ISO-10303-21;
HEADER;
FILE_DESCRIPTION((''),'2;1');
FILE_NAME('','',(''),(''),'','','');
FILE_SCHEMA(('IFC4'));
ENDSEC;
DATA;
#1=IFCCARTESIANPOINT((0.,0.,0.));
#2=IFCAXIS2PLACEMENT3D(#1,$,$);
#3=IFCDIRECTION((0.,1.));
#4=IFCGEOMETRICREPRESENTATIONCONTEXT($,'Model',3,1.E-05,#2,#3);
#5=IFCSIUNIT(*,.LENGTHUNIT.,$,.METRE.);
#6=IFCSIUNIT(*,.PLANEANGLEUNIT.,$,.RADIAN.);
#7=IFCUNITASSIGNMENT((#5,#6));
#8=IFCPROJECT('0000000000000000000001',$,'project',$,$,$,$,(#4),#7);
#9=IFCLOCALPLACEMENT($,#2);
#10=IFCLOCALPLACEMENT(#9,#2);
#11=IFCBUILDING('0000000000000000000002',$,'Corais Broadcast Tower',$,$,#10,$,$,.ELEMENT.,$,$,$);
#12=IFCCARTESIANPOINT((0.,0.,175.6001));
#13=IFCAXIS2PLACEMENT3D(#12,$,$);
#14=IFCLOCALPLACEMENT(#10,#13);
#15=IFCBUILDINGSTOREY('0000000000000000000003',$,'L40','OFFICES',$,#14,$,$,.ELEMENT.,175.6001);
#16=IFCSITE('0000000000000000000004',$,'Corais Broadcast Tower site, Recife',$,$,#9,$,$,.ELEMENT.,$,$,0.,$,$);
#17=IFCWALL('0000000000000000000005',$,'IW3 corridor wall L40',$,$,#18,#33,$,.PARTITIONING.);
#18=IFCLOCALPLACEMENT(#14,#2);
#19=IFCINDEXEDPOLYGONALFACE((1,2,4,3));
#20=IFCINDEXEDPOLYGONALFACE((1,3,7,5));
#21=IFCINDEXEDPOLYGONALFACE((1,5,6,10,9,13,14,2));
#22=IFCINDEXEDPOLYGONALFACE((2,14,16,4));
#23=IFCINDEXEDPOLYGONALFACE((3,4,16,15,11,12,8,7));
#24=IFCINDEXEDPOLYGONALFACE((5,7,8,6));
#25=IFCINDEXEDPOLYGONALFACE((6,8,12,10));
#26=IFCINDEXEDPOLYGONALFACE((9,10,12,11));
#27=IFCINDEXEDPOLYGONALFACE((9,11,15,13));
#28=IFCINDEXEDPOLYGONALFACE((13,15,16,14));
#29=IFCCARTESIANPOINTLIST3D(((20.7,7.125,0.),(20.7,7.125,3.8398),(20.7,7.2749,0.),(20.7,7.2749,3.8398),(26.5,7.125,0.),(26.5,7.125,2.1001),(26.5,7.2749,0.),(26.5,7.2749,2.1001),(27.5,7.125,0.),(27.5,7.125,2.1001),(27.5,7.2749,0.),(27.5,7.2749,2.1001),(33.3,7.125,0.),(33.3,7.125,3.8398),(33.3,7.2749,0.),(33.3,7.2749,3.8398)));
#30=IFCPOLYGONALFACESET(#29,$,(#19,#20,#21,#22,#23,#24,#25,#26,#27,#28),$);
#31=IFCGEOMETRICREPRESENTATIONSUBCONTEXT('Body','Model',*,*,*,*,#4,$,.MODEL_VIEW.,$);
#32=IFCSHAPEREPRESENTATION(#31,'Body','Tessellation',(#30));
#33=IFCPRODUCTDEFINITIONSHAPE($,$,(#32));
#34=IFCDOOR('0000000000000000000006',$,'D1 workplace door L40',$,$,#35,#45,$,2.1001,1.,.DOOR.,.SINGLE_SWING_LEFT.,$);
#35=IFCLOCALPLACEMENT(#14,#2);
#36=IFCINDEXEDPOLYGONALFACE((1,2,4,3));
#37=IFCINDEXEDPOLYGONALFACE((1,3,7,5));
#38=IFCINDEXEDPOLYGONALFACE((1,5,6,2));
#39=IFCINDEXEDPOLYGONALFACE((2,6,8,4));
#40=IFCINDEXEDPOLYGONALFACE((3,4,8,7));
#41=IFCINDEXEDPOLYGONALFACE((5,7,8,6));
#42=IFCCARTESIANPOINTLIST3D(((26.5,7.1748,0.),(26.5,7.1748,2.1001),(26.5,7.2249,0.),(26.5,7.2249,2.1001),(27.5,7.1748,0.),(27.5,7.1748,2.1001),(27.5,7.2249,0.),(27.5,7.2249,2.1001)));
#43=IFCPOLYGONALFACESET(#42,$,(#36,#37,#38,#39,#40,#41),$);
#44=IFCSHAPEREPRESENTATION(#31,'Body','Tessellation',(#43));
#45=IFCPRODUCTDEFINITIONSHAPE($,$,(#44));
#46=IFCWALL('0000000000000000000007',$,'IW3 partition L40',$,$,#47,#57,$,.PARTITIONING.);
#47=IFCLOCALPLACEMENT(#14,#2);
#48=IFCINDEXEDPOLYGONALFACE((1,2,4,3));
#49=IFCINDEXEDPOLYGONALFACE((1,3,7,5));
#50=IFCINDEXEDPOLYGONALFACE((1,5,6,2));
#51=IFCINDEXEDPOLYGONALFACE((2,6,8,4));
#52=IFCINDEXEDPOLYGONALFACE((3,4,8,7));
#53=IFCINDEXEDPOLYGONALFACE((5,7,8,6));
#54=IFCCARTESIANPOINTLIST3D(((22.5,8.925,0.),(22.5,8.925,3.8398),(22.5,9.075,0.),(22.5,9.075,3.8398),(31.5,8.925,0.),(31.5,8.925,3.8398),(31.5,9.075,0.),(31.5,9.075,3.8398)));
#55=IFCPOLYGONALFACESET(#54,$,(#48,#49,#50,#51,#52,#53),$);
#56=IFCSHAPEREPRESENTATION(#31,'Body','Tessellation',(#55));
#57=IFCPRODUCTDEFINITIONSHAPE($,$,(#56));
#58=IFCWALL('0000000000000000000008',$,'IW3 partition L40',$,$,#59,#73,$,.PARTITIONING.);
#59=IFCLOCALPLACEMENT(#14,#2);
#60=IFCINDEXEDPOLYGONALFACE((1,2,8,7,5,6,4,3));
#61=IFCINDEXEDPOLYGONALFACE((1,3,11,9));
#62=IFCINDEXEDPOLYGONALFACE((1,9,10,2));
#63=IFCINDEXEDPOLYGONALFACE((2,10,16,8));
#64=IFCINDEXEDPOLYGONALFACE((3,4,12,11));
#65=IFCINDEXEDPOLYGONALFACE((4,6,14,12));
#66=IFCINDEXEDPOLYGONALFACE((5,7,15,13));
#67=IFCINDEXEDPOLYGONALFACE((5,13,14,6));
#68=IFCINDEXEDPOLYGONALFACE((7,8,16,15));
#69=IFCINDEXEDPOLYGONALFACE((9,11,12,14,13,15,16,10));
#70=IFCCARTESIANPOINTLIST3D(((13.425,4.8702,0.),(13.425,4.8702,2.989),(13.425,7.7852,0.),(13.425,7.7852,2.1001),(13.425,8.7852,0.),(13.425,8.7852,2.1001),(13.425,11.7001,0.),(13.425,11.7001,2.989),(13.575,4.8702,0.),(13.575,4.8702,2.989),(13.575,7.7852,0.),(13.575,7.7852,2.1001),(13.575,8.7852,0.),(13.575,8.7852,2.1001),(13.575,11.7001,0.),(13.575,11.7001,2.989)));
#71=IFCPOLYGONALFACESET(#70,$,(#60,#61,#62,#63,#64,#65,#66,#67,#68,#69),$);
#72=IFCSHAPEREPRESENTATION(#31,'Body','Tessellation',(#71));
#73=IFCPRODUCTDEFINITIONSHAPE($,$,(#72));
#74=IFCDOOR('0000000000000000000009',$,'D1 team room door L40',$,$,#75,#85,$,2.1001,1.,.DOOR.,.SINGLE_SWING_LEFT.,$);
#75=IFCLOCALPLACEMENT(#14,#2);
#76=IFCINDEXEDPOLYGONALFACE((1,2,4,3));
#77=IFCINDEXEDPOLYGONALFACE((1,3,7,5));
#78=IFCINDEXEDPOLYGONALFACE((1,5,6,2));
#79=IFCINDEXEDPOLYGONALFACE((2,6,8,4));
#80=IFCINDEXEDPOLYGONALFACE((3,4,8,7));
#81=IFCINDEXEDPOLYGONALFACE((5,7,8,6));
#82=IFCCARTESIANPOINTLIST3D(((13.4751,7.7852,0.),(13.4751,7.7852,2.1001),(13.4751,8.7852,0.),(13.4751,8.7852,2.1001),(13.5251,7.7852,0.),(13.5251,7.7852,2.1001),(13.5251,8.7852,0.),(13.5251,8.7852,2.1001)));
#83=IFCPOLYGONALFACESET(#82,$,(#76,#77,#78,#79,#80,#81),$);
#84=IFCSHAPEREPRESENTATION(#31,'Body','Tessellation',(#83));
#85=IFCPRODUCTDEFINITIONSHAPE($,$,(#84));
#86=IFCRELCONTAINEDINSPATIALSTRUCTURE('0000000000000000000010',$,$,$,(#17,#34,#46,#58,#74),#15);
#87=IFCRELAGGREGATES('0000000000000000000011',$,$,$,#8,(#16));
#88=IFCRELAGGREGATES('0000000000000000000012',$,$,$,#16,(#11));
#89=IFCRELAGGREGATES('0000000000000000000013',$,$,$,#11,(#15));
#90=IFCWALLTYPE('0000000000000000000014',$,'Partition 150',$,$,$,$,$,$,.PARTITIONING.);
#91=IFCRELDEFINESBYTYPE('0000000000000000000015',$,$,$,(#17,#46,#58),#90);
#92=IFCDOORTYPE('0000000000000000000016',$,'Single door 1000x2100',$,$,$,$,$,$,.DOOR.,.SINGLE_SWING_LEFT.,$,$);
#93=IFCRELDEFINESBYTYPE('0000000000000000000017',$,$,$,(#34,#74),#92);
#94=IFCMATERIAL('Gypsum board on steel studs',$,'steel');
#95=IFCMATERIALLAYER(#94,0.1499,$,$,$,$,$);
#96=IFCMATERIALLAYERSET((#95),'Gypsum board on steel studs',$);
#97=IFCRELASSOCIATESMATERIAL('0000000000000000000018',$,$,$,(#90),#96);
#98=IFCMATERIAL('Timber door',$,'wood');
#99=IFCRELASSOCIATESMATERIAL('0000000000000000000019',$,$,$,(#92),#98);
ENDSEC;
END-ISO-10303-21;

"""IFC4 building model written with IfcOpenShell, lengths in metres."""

from ifc_helpers import new_model, si_unit, direction, frame, frame_2d, origin, place, context, subcontext, project, spatial, rectangle, extrude, material, layer, layer_set, type_object, element, fill, save


model = new_model("IFC4")

# Units and contexts
model_context = context("Model", 3, precision=1e-05, world=origin(), true_north=direction((0.0, 1.0)))
body_context = subcontext(model_context, "Body", "Model", "MODEL_VIEW")
ifc_project = project(units=[si_unit("LENGTHUNIT", "METRE"), si_unit("PLANEANGLEUNIT", "RADIAN")], contexts=[model_context])

# Site, building, storey
site_placement = place(None, origin())
site = spatial("IfcSite", under=ifc_project, at=site_placement, Name="Corais Broadcast Tower site, Recife", CompositionType="ELEMENT", RefElevation=0.0)
building_placement = place(site_placement, origin())
building = spatial("IfcBuilding", under=site, at=building_placement, Name="Corais Broadcast Tower", CompositionType="ELEMENT")
storey_placement = place(building_placement, frame((0.0, 0.0, 175.6001)))
storey = spatial("IfcBuildingStorey", under=building, at=storey_placement, Name="L40", Description="OFFICES", CompositionType="ELEMENT", Elevation=175.6001)

# Wall, opening, door
ifc_material_1 = material(Name="Gypsum board on steel studs", Category="steel")
ifc_layer_1 = layer(ifc_material_1, 0.1499)
ifc_layer_set_1 = layer_set([ifc_layer_1], Name="Gypsum board on steel studs")
wall_type = type_object("IfcWallType", Name="Partition 150", PredefinedType="PARTITIONING", material=ifc_layer_set_1)
wall_1_placement = place(storey_placement, frame((20.7, 7.2, 0.0), z_axis=(0.0, 0.0, 1.0), x_axis=(1.0, 0.0, 0.0)))
wall_1 = element("IfcWall", 1, at=wall_1_placement, inside=storey, type_object=wall_type, Name="IW3 corridor wall L40", PredefinedType="PARTITIONING", context=body_context, shape_type="SweptSolid", body=[
    extrude(rectangle(XDim=12.6001, YDim=0.1499, at=frame_2d((6.3, 0.0))), origin(), (0.0, 0.0, 1.0), 3.8398),
])
opening_1_placement = place(wall_1_placement, frame((5.8, 0.0, 0.0)))
opening_1 = element("IfcOpeningElement", 2, at=opening_1_placement, cuts=wall_1, PredefinedType="OPENING", context=body_context, shape_type="SweptSolid", body=[
    extrude(rectangle(XDim=1.0, YDim=2.1001, at=frame_2d((0.5, 1.05))), frame((0.0, 0.085, 0.0), z_axis=(0.0, -1.0, 0.0), x_axis=(1.0, 0.0, 0.0)), (0.0, 0.0, 1.0), 0.1699),
])
ifc_material_2 = material(Name="Timber door", Category="wood")
door_type = type_object("IfcDoorType", Name="Single door 1000x2100", OperationType="SINGLE_SWING_LEFT", PredefinedType="DOOR", material=ifc_material_2)
door_1_placement = place(opening_1_placement, origin())
door_1 = element("IfcDoor", 3, at=door_1_placement, inside=storey, type_object=door_type, Name="D1 workplace door L40", OperationType="SINGLE_SWING_LEFT", OverallHeight=2.1001, OverallWidth=1.0, PredefinedType="DOOR", context=body_context, shape_type="SweptSolid", body=[
    extrude(rectangle(XDim=1.0, YDim=2.1001, at=frame_2d((0.5, 1.05))), frame((0.0, 0.0249, 0.0), z_axis=(0.0, -1.0, 0.0), x_axis=(1.0, 0.0, 0.0)), (0.0, 0.0, 1.0), 0.05),
])
fill(opening_1, door_1)

# Wall
wall_2_placement = place(storey_placement, frame((22.5, 9.0, 0.0), z_axis=(0.0, 0.0, 1.0), x_axis=(1.0, 0.0, 0.0)))
element("IfcWall", 4, at=wall_2_placement, inside=storey, type_object=wall_type, Name="IW3 partition L40", PredefinedType="PARTITIONING", context=body_context, shape_type="SweptSolid", body=[
    extrude(rectangle(XDim=9.0, YDim=0.1499, at=frame_2d((4.5, 0.0))), origin(), (0.0, 0.0, 1.0), 3.8398),
])

# Wall, opening, door
wall_3_placement = place(storey_placement, frame((13.5, 4.8701, 0.0), z_axis=(0.0, 0.0, 1.0), x_axis=(0.0, 1.0, 0.0)))
wall_3 = element("IfcWall", 5, at=wall_3_placement, inside=storey, type_object=wall_type, Name="IW3 partition L40", PredefinedType="PARTITIONING", context=body_context, shape_type="SweptSolid", body=[
    extrude(rectangle(XDim=6.8298, YDim=0.1499, at=frame_2d((3.415, 0.0))), origin(), (0.0, 0.0, 1.0), 2.989),
])
opening_2_placement = place(wall_3_placement, frame((2.915, 0.0, 0.0)))
opening_2 = element("IfcOpeningElement", 6, at=opening_2_placement, cuts=wall_3, PredefinedType="OPENING", context=body_context, shape_type="SweptSolid", body=[
    extrude(rectangle(XDim=1.0, YDim=2.1001, at=frame_2d((0.5, 1.05))), frame((0.0, 0.085, 0.0), z_axis=(0.0, -1.0, 0.0), x_axis=(1.0, 0.0, 0.0)), (0.0, 0.0, 1.0), 0.1699),
])
door_2_placement = place(opening_2_placement, origin())
door_2 = element("IfcDoor", 7, at=door_2_placement, inside=storey, type_object=door_type, Name="D1 team room door L40", OperationType="SINGLE_SWING_LEFT", OverallHeight=2.1001, OverallWidth=1.0, PredefinedType="DOOR", context=body_context, shape_type="SweptSolid", body=[
    extrude(rectangle(XDim=1.0, YDim=2.1001, at=frame_2d((0.5, 1.05))), frame((0.0, 0.0249, 0.0), z_axis=(0.0, -1.0, 0.0), x_axis=(1.0, 0.0, 0.0)), (0.0, 0.0, 1.0), 0.05),
])
fill(opening_2, door_2)

save(model, "model.ifc")
